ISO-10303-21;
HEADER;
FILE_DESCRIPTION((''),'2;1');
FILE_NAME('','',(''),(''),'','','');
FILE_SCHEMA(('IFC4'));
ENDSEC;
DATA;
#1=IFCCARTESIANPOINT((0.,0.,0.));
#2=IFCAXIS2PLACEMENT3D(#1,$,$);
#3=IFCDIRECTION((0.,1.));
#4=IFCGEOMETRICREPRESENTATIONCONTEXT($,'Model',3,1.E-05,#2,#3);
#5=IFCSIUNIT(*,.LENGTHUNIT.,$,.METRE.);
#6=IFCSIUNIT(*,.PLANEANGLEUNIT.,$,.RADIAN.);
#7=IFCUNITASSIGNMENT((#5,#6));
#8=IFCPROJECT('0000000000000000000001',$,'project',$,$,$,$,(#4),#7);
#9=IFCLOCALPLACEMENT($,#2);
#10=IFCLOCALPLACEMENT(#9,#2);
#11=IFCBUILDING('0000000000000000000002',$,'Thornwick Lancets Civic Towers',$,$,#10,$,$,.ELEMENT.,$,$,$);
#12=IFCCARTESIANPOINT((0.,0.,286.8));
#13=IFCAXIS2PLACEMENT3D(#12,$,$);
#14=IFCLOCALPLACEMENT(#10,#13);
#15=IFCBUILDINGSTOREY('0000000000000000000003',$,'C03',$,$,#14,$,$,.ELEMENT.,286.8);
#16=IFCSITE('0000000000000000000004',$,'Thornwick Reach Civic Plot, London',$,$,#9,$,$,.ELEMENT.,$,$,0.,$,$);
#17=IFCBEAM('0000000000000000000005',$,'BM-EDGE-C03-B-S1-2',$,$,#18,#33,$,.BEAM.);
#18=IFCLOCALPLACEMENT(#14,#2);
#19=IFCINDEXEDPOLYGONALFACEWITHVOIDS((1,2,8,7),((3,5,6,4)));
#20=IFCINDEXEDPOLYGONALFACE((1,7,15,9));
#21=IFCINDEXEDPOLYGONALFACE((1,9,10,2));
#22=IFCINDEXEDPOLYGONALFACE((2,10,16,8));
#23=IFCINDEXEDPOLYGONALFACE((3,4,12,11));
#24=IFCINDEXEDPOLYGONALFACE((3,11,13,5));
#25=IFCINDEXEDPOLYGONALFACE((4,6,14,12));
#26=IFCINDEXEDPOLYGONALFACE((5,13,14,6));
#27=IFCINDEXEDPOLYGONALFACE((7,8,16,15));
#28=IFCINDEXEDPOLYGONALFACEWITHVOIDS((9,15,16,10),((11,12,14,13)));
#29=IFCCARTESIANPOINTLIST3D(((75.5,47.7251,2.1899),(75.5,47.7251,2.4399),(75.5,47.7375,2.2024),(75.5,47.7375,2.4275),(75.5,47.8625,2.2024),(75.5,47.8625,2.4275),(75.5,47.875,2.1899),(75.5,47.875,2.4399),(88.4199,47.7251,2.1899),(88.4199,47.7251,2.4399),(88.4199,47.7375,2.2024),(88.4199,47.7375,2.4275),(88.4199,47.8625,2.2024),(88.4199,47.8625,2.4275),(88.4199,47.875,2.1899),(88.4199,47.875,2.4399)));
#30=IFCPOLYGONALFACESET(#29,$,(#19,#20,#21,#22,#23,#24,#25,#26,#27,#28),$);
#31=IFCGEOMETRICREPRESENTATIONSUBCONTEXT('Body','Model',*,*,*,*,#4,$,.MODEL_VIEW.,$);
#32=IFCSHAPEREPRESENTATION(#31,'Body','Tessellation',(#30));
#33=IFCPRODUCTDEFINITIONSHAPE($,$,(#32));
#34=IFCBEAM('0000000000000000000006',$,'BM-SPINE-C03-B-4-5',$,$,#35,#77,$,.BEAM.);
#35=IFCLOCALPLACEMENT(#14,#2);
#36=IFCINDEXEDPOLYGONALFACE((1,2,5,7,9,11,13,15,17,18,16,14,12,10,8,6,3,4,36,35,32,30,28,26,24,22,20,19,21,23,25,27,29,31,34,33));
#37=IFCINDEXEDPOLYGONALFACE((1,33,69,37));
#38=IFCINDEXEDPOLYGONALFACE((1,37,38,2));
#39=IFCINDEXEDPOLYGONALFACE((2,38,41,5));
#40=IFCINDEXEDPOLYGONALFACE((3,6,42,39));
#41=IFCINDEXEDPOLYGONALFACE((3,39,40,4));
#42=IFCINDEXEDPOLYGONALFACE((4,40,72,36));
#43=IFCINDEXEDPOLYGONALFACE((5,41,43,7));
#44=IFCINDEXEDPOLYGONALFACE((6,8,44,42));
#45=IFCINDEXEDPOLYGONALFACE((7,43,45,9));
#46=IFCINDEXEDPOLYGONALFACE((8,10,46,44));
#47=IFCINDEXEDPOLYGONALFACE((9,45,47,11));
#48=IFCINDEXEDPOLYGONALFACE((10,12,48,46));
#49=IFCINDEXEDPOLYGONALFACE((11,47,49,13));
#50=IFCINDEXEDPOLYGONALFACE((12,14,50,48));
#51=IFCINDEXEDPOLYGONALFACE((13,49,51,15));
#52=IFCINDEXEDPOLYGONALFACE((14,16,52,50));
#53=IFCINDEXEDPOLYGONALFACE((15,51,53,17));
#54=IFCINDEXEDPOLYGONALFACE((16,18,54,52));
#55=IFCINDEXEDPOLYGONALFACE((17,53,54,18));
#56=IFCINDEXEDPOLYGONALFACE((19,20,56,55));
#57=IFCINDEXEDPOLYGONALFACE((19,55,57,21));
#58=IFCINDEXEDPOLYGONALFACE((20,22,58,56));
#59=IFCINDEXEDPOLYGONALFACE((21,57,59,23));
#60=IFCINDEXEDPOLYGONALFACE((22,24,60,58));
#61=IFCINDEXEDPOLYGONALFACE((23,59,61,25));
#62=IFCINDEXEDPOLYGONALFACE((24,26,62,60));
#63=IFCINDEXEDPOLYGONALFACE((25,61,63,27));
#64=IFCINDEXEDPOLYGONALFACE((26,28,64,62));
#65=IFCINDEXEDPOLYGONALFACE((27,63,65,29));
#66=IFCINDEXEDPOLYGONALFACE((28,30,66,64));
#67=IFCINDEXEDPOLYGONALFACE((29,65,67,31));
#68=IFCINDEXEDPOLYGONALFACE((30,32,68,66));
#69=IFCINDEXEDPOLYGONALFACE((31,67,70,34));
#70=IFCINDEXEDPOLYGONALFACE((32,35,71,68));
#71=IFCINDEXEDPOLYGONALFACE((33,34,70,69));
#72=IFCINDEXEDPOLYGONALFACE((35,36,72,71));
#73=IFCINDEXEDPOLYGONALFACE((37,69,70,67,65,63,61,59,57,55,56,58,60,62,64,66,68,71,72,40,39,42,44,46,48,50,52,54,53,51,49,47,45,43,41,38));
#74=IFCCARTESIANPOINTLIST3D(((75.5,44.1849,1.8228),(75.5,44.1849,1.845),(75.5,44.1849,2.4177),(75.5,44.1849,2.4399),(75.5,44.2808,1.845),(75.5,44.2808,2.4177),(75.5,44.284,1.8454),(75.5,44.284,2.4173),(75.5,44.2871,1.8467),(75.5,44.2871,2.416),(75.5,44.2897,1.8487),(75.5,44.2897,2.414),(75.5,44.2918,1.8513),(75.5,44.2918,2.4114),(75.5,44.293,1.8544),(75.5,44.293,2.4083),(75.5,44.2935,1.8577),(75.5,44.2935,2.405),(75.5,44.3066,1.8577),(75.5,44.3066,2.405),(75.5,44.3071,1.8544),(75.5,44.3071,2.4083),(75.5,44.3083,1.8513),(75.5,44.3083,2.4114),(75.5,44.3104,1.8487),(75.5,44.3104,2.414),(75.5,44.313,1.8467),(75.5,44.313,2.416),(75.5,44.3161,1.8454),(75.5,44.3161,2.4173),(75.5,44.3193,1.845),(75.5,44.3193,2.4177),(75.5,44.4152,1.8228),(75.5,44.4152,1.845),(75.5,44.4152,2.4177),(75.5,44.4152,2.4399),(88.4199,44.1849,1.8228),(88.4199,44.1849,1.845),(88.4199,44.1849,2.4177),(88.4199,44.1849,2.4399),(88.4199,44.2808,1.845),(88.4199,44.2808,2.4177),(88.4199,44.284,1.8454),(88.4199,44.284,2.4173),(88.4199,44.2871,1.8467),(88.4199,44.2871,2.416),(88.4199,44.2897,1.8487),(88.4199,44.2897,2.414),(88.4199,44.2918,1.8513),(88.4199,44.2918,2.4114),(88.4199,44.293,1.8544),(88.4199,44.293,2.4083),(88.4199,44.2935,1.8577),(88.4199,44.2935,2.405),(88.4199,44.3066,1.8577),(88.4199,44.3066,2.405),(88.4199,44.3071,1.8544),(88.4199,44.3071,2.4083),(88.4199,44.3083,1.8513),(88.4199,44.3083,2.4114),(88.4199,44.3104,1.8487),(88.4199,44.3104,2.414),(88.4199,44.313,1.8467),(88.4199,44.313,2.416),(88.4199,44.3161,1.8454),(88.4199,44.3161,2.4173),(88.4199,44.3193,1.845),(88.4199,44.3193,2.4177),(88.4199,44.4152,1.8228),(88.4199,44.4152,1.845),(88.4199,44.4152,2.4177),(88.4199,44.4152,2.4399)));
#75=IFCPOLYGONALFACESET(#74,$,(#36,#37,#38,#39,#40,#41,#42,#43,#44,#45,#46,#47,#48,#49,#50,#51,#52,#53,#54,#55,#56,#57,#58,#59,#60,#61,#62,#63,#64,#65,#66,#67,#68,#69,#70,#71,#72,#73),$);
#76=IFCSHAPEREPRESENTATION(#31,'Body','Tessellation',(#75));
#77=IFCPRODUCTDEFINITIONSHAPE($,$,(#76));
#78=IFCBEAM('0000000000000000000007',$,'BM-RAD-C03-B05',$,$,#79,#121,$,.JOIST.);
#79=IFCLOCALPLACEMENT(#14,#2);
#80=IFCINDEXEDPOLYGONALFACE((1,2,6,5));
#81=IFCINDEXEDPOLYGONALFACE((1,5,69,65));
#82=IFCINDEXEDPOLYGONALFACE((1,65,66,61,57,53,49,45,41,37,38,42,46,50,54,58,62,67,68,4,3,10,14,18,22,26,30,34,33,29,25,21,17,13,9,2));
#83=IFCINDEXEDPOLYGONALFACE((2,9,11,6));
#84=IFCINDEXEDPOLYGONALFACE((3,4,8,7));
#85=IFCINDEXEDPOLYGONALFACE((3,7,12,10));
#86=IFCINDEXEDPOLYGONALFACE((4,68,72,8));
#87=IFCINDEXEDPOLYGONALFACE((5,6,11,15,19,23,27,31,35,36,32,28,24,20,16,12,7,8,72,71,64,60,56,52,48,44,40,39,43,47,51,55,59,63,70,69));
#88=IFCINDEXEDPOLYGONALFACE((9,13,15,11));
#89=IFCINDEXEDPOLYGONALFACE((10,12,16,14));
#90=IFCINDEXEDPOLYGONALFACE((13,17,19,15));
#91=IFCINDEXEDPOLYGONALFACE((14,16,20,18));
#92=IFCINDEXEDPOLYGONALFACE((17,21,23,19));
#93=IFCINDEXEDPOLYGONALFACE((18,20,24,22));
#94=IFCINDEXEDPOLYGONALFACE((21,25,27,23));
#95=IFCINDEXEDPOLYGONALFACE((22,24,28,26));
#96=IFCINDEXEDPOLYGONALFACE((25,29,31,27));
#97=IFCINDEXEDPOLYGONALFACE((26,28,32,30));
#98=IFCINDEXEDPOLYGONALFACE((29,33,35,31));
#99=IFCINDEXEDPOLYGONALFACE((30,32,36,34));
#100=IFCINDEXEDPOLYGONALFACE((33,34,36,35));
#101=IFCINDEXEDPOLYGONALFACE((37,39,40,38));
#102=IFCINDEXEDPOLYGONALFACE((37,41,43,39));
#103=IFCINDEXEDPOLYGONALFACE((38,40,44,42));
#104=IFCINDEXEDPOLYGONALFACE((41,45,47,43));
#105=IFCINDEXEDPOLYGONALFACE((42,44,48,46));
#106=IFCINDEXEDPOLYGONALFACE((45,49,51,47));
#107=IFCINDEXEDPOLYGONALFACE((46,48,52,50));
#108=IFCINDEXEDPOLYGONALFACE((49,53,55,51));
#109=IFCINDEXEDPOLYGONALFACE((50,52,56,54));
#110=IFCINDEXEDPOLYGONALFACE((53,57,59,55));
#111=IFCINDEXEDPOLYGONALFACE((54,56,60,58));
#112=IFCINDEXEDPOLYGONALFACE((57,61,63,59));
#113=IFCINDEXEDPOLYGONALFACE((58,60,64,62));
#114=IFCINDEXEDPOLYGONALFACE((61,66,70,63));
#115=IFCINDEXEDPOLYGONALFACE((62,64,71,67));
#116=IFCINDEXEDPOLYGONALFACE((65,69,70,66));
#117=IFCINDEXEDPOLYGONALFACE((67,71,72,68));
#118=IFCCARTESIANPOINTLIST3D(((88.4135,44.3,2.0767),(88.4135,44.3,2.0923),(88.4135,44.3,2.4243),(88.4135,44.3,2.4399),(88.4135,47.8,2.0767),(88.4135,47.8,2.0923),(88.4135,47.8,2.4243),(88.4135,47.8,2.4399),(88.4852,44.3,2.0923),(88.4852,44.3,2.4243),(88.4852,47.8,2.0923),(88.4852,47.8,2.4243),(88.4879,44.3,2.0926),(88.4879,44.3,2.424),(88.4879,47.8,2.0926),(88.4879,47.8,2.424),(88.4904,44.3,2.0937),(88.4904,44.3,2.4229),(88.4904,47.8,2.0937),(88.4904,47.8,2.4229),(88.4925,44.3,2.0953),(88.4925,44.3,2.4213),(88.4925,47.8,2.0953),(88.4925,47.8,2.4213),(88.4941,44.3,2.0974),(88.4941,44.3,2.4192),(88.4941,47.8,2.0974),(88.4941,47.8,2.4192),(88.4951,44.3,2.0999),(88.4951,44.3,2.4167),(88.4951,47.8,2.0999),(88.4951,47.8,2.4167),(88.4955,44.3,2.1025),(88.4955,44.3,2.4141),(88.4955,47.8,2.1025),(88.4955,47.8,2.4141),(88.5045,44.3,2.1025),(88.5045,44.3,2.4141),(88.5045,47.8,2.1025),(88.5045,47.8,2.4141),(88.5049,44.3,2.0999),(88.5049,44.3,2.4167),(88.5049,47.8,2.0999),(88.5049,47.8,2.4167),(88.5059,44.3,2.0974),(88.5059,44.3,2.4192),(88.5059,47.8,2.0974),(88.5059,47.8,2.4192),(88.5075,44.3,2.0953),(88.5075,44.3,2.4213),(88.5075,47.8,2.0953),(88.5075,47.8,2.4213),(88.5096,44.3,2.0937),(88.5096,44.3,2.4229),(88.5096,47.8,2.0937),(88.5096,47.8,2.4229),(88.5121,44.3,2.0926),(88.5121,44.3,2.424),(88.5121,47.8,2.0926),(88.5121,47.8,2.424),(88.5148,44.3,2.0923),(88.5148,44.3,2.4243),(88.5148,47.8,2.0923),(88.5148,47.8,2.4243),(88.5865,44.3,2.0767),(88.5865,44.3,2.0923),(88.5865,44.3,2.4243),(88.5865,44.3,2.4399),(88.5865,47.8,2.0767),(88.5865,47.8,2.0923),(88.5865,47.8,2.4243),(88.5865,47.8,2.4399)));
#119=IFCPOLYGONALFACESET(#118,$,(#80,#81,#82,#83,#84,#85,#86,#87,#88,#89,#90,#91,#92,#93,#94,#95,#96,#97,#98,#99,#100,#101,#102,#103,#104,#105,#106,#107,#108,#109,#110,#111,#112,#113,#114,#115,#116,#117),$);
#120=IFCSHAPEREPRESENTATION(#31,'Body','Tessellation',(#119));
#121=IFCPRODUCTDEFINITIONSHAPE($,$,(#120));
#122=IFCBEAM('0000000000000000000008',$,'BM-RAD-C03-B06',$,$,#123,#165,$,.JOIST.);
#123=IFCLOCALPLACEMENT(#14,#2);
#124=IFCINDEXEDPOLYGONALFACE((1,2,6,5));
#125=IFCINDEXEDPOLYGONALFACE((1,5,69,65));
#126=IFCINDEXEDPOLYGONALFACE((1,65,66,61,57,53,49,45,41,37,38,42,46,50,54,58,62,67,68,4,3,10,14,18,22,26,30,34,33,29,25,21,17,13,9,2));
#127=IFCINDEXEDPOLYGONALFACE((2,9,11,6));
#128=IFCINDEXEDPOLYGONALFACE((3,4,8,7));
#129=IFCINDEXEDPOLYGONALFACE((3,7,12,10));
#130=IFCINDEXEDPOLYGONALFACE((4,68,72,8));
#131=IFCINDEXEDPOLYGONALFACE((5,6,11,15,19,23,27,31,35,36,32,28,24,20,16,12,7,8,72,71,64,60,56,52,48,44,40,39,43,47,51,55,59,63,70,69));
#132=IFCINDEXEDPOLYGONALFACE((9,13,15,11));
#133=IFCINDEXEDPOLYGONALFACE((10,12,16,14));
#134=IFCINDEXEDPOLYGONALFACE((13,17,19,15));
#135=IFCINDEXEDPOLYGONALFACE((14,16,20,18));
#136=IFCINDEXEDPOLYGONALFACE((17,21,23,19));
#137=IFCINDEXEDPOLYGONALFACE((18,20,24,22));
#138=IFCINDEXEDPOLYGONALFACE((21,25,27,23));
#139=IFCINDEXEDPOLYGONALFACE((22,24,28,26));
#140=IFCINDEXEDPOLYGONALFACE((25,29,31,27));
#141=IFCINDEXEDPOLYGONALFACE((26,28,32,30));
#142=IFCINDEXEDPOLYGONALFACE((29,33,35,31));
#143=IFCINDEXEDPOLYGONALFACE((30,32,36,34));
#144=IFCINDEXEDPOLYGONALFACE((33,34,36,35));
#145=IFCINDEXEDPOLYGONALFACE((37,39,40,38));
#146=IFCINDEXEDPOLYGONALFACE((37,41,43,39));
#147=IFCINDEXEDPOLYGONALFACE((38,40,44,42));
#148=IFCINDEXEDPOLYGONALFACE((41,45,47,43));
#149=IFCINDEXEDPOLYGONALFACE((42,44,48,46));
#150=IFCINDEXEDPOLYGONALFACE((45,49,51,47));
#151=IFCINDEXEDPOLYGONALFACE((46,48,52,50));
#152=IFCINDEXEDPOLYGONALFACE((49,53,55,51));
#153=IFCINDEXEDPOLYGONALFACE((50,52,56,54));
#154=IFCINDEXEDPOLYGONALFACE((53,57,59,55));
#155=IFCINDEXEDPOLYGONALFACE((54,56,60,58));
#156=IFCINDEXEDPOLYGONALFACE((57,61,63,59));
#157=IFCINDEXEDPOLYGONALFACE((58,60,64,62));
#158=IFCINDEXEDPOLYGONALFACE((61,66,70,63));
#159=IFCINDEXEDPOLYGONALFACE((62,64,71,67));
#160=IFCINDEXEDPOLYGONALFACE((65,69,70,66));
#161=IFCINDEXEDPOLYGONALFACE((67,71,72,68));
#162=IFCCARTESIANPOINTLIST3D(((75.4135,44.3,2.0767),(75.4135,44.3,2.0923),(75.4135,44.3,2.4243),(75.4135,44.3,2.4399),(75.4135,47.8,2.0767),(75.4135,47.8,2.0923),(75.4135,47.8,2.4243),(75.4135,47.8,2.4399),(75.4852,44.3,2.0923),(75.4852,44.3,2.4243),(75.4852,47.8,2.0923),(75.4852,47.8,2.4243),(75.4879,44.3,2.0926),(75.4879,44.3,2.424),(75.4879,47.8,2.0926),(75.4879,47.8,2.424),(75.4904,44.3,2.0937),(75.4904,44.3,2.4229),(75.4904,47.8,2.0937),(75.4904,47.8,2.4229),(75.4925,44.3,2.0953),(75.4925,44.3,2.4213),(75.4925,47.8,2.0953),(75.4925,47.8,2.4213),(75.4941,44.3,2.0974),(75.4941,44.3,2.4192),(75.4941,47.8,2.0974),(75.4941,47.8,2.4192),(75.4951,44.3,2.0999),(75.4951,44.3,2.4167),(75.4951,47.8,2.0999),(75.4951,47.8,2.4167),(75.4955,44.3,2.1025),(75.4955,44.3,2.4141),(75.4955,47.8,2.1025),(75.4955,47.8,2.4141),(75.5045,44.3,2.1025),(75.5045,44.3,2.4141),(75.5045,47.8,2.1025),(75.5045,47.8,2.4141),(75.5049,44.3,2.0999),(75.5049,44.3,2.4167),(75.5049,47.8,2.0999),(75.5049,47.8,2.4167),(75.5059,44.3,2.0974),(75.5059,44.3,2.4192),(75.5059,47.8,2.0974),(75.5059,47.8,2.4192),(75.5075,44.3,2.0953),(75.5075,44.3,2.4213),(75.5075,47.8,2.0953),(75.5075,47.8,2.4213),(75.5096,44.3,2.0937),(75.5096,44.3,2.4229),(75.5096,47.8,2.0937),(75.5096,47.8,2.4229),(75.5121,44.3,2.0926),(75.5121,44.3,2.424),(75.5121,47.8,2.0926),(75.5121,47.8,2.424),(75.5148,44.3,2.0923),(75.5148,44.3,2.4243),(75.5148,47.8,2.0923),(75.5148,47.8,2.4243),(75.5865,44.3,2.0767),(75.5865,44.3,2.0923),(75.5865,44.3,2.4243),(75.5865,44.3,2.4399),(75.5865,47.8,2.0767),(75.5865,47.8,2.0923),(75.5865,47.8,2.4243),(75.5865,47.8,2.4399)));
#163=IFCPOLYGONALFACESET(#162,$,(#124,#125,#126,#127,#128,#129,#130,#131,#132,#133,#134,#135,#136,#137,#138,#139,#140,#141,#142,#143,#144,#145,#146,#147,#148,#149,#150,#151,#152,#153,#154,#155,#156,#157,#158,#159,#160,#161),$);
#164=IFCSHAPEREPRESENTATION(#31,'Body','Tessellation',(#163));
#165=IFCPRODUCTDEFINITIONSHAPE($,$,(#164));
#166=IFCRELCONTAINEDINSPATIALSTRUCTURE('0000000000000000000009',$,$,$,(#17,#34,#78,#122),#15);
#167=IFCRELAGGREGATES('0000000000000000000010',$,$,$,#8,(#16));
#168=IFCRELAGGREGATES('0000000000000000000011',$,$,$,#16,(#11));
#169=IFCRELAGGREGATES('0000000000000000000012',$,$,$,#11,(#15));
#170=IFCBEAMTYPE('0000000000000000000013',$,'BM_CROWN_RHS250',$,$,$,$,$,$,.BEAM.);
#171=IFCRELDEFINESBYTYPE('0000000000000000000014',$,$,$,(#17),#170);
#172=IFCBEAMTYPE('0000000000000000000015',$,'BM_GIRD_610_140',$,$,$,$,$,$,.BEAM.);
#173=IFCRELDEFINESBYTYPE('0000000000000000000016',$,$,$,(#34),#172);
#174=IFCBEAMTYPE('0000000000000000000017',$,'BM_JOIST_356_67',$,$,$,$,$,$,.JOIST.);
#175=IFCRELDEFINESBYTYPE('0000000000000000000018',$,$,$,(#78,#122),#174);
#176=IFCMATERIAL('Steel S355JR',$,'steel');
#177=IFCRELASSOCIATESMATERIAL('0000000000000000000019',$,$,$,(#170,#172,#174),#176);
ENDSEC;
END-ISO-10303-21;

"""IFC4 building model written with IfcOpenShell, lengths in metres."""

from ifc_helpers import new_model, si_unit, direction, frame, origin, origin_2d, place, context, subcontext, project, spatial, hollow_rectangle, i_section, extrude, material, material_profile, profile_set, type_object, element, save


model = new_model("IFC4")

# Units and contexts
model_context = context("Model", 3, precision=1e-05, world=origin(), true_north=direction((0.0, 1.0)))
body_context = subcontext(model_context, "Body", "Model", "MODEL_VIEW")
ifc_project = project(units=[si_unit("LENGTHUNIT", "METRE"), si_unit("PLANEANGLEUNIT", "RADIAN")], contexts=[model_context])

# Site, building, storey
site_placement = place(None, origin())
site = spatial("IfcSite", under=ifc_project, at=site_placement, Name="Thornwick Reach Civic Plot, London", CompositionType="ELEMENT", RefElevation=0.0)
building_placement = place(site_placement, origin())
building = spatial("IfcBuilding", under=site, at=building_placement, Name="Thornwick Lancets Civic Towers", CompositionType="ELEMENT")
storey_placement = place(building_placement, frame((0.0, 0.0, 286.8)))
storey = spatial("IfcBuildingStorey", under=building, at=storey_placement, Name="C03", CompositionType="ELEMENT", Elevation=286.8)

# Shared definitions
ifc_material_1 = material(Name="Steel S355JR", Category="steel")

# Beams
ifc_material_profile_1 = material_profile(ifc_material_1, hollow_rectangle(XDim=0.1499, YDim=0.25, WallThickness=0.0125, at=origin_2d()), Name="RHS 250x150x12.5")
ifc_profile_set_1 = profile_set([ifc_material_profile_1], Name="Steel S355JR")
beam_type_1 = type_object("IfcBeamType", Name="BM_CROWN_RHS250", PredefinedType="BEAM", material=ifc_profile_set_1)
beam_1_placement = place(storey_placement, frame((88.4199, 47.8, 2.3149), z_axis=(-1.0, 0.0, 0.0), x_axis=(0.0, -1.0, 0.0)))
element("IfcBeam", 1, at=beam_1_placement, inside=storey, type_object=beam_type_1, Name="BM-EDGE-C03-B-S1-2", PredefinedType="BEAM", context=body_context, shape_type="SweptSolid", body=[
    extrude(hollow_rectangle(XDim=0.1499, YDim=0.25, WallThickness=0.0125, at=origin_2d()), origin(), (0.0, 0.0, 1.0), 12.9199),
])
ifc_material_profile_2 = material_profile(ifc_material_1, i_section(OverallWidth=0.2302, OverallDepth=0.6172, WebThickness=0.0132, FlangeThickness=0.0222, FilletRadius=0.0127, at=origin_2d()), Name="UKB 610x229x140")
ifc_profile_set_2 = profile_set([ifc_material_profile_2], Name="Steel S355JR")
beam_type_2 = type_object("IfcBeamType", Name="BM_GIRD_610_140", PredefinedType="BEAM", material=ifc_profile_set_2)
beam_2_placement = place(storey_placement, frame((88.4199, 44.3, 2.1313), z_axis=(-1.0, 0.0, 0.0), x_axis=(0.0, -1.0, 0.0)))
element("IfcBeam", 2, at=beam_2_placement, inside=storey, type_object=beam_type_2, Name="BM-SPINE-C03-B-4-5", PredefinedType="BEAM", context=body_context, shape_type="SweptSolid", body=[
    extrude(i_section(OverallWidth=0.2302, OverallDepth=0.6172, WebThickness=0.0132, FlangeThickness=0.0222, FilletRadius=0.0127, at=origin_2d()), origin(), (0.0, 0.0, 1.0), 12.9199),
])
ifc_material_profile_3 = material_profile(ifc_material_1, i_section(OverallWidth=0.1731, OverallDepth=0.3633, WebThickness=0.009, FlangeThickness=0.0156, FilletRadius=0.0103, at=origin_2d()), Name="UKB 356x171x67")
ifc_profile_set_3 = profile_set([ifc_material_profile_3], Name="Steel S355JR")
beam_type_3 = type_object("IfcBeamType", Name="BM_JOIST_356_67", PredefinedType="JOIST", material=ifc_profile_set_3)
for number, where, z_axis, x_axis, name in (
    (3, (88.5, 44.3, 2.2583), (0.0, 1.0, 0.0), (-1.0, 0.0, 0.0), "BM-RAD-C03-B05"),
    (4, (75.5, 44.3, 2.2583), (0.0, 1.0, 0.0), (-1.0, 0.0, 0.0), "BM-RAD-C03-B06"),
):
    element("IfcBeam", number, at=place(storey_placement, frame(where, z_axis=z_axis, x_axis=x_axis)), inside=storey, type_object=beam_type_3, Name=name, PredefinedType="JOIST", context=body_context, shape_type="SweptSolid", body=[
        extrude(i_section(OverallWidth=0.1731, OverallDepth=0.3633, WebThickness=0.009, FlangeThickness=0.0156, FilletRadius=0.0103, at=origin_2d()), origin(), (0.0, 0.0, 1.0), 3.5),
    ])

save(model, "model.ifc")
